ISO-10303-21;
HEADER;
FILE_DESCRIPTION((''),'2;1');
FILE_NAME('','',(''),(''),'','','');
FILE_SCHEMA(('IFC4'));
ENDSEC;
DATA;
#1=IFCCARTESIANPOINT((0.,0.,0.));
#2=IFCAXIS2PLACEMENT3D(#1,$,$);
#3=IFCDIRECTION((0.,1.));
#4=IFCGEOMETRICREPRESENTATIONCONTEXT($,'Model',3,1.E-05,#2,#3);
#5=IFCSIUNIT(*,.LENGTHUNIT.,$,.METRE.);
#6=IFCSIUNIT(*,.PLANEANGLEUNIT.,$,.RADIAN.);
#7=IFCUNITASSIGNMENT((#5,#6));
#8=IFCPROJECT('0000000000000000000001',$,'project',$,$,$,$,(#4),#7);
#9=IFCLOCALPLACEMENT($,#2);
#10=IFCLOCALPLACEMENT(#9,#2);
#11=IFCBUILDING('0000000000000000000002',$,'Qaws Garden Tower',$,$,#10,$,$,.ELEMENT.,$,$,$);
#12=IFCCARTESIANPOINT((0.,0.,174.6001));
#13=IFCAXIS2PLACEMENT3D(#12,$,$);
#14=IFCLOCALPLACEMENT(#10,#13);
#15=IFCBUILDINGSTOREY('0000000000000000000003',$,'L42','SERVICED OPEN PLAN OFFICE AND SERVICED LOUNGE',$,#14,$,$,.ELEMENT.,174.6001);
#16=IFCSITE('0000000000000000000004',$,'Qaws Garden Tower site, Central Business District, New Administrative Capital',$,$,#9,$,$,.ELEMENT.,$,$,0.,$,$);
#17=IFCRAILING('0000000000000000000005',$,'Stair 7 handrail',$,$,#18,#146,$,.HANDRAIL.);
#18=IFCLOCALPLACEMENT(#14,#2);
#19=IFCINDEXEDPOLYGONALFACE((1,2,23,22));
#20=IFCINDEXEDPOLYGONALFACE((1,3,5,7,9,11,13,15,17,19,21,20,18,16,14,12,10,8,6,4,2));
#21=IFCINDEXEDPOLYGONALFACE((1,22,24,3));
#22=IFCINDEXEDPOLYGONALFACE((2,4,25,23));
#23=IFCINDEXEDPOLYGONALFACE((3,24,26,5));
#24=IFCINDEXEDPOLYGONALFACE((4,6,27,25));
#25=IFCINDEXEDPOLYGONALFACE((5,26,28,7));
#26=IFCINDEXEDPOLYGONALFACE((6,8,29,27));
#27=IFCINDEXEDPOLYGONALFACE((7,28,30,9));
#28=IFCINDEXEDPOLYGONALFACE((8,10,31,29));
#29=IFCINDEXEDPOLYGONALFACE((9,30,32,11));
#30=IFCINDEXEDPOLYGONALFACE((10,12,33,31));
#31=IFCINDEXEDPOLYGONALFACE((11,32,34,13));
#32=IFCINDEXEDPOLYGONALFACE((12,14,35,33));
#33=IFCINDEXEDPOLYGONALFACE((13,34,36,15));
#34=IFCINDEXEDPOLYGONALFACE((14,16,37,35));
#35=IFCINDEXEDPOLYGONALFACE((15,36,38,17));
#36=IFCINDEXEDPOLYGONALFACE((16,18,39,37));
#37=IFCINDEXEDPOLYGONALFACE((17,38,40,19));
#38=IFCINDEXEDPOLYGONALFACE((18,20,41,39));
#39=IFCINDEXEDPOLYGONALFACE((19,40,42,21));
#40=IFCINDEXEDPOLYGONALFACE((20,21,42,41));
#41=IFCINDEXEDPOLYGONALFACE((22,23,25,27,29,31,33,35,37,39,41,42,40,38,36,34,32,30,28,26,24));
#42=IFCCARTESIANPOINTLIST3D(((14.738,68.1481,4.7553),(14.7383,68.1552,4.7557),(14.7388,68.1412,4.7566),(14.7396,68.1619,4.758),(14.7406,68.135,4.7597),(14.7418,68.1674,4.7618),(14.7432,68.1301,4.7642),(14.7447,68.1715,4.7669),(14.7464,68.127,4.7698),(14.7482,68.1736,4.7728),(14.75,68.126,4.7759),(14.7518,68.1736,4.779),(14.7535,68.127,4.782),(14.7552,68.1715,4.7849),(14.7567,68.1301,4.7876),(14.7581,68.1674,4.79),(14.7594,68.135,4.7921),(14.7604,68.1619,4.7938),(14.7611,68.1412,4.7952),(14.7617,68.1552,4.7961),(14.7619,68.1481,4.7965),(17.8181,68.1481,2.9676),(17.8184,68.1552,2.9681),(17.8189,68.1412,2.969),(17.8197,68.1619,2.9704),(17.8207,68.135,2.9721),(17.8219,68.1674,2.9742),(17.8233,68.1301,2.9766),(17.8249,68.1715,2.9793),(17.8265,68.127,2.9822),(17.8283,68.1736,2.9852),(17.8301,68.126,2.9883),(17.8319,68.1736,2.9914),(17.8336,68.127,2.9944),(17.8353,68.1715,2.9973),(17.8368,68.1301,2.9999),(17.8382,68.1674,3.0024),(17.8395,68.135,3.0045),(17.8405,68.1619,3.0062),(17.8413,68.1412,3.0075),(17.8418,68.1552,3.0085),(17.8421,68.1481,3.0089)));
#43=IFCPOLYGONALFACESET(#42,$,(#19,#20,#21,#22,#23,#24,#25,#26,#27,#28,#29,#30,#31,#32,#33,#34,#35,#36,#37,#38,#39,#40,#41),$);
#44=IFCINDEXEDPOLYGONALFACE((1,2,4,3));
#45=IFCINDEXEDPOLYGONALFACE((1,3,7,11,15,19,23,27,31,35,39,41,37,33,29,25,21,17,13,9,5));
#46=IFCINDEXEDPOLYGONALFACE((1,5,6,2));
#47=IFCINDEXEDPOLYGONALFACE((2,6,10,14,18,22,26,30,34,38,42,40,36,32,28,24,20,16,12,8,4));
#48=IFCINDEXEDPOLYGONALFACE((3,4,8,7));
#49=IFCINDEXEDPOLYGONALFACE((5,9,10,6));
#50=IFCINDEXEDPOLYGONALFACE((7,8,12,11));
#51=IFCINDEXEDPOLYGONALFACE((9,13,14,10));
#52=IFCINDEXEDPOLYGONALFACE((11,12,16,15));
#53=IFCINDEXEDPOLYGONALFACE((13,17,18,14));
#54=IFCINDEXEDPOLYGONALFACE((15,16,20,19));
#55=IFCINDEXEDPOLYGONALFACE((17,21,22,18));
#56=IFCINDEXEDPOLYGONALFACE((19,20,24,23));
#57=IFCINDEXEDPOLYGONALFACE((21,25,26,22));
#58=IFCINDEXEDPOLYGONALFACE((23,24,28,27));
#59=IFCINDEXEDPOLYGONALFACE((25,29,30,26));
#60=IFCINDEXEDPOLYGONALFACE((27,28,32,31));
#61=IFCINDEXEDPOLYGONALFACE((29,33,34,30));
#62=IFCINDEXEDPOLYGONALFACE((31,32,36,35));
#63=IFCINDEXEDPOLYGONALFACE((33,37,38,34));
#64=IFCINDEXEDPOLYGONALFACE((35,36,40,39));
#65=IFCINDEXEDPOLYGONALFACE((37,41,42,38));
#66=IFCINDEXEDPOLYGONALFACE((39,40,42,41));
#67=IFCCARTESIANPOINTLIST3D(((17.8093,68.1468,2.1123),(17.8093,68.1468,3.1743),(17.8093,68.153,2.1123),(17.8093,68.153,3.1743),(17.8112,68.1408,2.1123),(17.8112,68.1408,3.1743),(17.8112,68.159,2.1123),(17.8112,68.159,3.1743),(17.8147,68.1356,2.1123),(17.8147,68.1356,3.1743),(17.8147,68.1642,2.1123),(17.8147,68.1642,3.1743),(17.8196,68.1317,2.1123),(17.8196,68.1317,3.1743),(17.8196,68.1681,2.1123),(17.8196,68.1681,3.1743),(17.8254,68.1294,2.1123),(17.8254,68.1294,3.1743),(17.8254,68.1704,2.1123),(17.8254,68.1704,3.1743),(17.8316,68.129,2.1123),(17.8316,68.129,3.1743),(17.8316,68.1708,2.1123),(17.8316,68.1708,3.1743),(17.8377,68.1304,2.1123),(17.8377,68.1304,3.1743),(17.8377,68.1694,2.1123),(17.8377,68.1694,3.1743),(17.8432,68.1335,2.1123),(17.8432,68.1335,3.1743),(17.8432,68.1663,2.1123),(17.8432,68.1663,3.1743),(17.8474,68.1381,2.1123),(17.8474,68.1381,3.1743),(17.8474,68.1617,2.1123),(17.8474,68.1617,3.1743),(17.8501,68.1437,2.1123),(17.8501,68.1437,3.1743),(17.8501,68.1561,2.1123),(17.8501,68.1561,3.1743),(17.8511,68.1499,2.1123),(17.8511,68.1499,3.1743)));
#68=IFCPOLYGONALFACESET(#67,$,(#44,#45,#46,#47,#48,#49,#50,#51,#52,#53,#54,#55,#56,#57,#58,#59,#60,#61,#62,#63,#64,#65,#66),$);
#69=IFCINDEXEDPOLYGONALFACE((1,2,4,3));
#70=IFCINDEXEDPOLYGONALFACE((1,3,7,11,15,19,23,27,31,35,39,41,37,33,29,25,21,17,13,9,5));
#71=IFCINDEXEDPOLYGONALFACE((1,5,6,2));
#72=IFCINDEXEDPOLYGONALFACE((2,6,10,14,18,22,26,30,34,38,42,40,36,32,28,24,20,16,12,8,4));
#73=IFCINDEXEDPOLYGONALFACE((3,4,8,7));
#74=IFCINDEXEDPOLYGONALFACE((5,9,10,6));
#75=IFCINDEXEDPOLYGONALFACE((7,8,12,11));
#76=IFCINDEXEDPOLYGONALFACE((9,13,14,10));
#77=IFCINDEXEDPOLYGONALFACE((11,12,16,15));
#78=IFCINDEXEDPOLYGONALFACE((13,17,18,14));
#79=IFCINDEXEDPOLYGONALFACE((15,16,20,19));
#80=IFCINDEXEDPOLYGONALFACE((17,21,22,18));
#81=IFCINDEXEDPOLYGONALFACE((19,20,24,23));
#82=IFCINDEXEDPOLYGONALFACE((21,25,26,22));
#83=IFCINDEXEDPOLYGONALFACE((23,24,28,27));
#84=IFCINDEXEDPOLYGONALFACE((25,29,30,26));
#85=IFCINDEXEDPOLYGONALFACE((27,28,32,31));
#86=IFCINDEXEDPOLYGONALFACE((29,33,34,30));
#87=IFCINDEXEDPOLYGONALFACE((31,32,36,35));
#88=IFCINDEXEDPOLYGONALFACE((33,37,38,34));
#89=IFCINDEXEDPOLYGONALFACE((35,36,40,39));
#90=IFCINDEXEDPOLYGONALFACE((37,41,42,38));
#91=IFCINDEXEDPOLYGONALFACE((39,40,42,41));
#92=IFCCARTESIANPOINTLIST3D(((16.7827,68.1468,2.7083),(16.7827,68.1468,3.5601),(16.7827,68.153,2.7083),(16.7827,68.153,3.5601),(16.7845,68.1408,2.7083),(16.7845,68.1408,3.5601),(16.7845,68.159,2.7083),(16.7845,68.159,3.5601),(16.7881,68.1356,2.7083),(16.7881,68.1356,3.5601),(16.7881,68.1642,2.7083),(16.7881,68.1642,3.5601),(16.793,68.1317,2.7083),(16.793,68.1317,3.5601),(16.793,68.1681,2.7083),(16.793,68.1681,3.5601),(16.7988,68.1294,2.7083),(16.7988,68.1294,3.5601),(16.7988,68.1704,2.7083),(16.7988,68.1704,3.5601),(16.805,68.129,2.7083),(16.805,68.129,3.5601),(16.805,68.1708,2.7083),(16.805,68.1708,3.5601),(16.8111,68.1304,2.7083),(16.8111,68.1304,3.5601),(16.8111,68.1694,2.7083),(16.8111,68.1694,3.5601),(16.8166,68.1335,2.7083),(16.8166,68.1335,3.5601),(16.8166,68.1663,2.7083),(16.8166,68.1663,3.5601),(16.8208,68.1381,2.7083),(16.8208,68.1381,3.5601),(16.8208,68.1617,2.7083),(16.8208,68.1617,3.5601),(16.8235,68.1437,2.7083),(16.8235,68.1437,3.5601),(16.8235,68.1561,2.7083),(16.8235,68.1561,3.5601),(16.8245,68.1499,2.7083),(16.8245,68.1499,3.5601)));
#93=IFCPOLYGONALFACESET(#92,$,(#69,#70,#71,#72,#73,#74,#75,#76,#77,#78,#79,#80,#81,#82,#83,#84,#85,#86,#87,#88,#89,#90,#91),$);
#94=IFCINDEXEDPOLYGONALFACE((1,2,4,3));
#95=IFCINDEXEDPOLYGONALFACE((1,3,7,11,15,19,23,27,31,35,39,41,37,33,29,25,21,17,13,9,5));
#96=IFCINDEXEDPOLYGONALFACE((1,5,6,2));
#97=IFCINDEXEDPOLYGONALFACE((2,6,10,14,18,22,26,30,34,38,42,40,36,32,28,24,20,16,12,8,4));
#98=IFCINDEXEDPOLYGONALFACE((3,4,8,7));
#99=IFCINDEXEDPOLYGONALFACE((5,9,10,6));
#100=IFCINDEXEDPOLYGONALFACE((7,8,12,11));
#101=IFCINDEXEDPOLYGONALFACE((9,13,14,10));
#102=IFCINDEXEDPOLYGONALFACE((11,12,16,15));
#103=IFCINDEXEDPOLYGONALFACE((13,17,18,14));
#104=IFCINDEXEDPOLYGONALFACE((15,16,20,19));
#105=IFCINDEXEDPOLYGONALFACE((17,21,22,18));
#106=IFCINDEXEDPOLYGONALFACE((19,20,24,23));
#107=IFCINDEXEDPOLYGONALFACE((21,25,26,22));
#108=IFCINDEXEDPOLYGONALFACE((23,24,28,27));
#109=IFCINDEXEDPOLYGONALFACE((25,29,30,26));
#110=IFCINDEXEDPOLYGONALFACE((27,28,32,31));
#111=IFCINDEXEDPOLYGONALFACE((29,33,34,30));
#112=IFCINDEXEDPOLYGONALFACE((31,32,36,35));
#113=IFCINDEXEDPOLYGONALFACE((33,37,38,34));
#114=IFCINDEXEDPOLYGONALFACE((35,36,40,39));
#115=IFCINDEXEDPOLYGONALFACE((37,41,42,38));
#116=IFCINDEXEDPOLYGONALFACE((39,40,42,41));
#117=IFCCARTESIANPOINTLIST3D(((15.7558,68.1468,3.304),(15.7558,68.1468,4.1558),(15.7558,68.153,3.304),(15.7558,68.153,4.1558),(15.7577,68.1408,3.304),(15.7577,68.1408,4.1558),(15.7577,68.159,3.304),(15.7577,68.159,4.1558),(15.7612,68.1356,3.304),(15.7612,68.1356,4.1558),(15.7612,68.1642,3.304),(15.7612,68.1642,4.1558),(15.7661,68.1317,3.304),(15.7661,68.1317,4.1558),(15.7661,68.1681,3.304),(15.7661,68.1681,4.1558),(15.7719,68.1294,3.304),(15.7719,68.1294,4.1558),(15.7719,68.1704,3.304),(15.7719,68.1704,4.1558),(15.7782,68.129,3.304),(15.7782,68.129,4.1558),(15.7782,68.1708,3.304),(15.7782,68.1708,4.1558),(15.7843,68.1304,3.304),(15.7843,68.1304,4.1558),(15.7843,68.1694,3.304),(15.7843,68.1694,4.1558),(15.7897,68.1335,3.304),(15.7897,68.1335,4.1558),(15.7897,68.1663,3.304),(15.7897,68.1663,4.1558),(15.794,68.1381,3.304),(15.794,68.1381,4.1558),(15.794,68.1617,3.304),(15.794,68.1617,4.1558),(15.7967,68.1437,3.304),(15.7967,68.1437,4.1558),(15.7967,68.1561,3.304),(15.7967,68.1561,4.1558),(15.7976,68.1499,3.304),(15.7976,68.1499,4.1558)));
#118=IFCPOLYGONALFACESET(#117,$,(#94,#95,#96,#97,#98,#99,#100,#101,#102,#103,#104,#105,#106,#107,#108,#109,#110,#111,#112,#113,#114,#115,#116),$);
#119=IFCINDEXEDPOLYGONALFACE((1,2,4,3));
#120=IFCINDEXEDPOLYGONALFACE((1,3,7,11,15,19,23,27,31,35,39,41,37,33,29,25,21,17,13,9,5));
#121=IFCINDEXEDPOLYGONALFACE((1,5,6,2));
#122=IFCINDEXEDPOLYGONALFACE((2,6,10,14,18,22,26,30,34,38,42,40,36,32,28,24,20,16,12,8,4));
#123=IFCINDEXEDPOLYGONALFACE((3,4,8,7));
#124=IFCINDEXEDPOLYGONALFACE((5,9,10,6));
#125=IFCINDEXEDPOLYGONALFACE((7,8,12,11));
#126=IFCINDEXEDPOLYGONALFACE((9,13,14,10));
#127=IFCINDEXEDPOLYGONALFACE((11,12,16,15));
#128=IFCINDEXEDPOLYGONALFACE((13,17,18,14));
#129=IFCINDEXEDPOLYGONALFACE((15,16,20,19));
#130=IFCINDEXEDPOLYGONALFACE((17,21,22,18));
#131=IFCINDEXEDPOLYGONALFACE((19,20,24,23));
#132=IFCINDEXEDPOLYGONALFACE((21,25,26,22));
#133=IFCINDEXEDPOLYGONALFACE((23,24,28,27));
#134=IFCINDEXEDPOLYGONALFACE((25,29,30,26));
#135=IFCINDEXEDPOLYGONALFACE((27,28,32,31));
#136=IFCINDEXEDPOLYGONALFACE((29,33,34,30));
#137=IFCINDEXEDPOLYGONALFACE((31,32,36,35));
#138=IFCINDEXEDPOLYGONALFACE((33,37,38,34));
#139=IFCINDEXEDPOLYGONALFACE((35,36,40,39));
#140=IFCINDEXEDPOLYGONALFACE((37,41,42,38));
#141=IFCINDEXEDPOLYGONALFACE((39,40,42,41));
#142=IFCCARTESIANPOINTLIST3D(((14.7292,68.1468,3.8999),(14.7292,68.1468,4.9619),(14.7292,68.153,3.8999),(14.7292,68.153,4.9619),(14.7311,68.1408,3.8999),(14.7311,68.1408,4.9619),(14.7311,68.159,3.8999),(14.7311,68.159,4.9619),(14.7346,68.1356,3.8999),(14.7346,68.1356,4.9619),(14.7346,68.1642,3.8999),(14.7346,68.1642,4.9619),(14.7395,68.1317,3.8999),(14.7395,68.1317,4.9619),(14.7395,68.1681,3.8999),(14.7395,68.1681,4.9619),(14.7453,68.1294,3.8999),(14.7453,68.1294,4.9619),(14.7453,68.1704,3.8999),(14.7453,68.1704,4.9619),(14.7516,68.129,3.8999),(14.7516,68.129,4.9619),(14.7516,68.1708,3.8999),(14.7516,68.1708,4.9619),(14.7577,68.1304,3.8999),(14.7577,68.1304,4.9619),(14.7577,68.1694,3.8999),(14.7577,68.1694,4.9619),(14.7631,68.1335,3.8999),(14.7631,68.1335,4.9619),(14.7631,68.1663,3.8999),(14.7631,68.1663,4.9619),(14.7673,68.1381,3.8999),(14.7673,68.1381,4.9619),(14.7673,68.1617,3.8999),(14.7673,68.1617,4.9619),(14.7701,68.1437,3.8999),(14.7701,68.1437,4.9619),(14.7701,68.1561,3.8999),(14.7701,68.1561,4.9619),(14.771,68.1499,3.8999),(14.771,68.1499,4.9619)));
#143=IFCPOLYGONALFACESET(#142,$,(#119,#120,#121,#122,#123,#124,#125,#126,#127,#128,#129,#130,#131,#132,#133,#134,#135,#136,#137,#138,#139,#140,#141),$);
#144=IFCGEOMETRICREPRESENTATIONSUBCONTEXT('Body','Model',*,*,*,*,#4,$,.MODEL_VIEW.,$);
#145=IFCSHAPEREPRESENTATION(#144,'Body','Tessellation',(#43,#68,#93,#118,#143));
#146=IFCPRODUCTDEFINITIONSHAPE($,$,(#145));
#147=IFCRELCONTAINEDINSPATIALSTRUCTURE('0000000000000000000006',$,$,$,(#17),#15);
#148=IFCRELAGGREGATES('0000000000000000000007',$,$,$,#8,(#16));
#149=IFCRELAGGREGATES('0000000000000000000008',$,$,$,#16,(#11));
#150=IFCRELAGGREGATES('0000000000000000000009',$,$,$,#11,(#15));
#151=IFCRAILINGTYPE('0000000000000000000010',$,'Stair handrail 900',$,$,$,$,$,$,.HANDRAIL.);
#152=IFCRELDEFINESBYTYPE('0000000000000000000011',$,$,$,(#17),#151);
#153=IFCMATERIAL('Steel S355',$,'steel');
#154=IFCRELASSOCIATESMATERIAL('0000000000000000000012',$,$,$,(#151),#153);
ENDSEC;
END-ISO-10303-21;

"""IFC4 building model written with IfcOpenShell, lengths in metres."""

from ifc_helpers import new_model, si_unit, direction, frame, origin, origin_2d, place, context, subcontext, project, spatial, circle, extrude, material, type_object, element, save


model = new_model("IFC4")

# Units and contexts
model_context = context("Model", 3, precision=1e-05, world=origin(), true_north=direction((0.0, 1.0)))
body_context = subcontext(model_context, "Body", "Model", "MODEL_VIEW")
ifc_project = project(units=[si_unit("LENGTHUNIT", "METRE"), si_unit("PLANEANGLEUNIT", "RADIAN")], contexts=[model_context])

# Site, building, storey
site_placement = place(None, origin())
site = spatial("IfcSite", under=ifc_project, at=site_placement, Name="Qaws Garden Tower site, Central Business District, New Administrative Capital", CompositionType="ELEMENT", RefElevation=0.0)
building_placement = place(site_placement, origin())
building = spatial("IfcBuilding", under=site, at=building_placement, Name="Qaws Garden Tower", CompositionType="ELEMENT")
storey_placement = place(building_placement, frame((0.0, 0.0, 174.6001)))
storey = spatial("IfcBuildingStorey", under=building, at=storey_placement, Name="L42", Description="SERVICED OPEN PLAN OFFICE AND SERVICED LOUNGE", CompositionType="ELEMENT", Elevation=174.6001)

# Railing
ifc_material_1 = material(Name="Steel S355", Category="steel")
railing_type = type_object("IfcRailingType", Name="Stair handrail 900", PredefinedType="HANDRAIL", material=ifc_material_1)
railing_placement = place(storey_placement, frame((17.8301, 68.1499, 2.1123)))
element("IfcRailing", 1, at=railing_placement, inside=storey, type_object=railing_type, Name="Stair 7 handrail", PredefinedType="HANDRAIL", context=body_context, shape_type="SweptSolid", body=[
    extrude(circle(Radius=0.0239, at=origin_2d()), frame((0.0, 0.0, 0.876), z_axis=(-0.864891, 0.0, 0.50196), x_axis=(0.0, -1.0, 0.0)), (0.0, 0.0, 1.0), 3.5613),
    extrude(circle(Radius=0.021, at=origin_2d()), origin(), (0.0, 0.0, 1.0), 1.062),
    extrude(circle(Radius=0.021, at=origin_2d()), frame((-1.0266, 0.0, 0.5959)), (0.0, 0.0, 1.0), 0.8518),
    extrude(circle(Radius=0.021, at=origin_2d()), frame((-2.0535, 0.0, 1.1917)), (0.0, 0.0, 1.0), 0.8518),
    extrude(circle(Radius=0.021, at=origin_2d()), frame((-3.0801, 0.0, 1.7876)), (0.0, 0.0, 1.0), 1.062),
])

save(model, "model.ifc")
